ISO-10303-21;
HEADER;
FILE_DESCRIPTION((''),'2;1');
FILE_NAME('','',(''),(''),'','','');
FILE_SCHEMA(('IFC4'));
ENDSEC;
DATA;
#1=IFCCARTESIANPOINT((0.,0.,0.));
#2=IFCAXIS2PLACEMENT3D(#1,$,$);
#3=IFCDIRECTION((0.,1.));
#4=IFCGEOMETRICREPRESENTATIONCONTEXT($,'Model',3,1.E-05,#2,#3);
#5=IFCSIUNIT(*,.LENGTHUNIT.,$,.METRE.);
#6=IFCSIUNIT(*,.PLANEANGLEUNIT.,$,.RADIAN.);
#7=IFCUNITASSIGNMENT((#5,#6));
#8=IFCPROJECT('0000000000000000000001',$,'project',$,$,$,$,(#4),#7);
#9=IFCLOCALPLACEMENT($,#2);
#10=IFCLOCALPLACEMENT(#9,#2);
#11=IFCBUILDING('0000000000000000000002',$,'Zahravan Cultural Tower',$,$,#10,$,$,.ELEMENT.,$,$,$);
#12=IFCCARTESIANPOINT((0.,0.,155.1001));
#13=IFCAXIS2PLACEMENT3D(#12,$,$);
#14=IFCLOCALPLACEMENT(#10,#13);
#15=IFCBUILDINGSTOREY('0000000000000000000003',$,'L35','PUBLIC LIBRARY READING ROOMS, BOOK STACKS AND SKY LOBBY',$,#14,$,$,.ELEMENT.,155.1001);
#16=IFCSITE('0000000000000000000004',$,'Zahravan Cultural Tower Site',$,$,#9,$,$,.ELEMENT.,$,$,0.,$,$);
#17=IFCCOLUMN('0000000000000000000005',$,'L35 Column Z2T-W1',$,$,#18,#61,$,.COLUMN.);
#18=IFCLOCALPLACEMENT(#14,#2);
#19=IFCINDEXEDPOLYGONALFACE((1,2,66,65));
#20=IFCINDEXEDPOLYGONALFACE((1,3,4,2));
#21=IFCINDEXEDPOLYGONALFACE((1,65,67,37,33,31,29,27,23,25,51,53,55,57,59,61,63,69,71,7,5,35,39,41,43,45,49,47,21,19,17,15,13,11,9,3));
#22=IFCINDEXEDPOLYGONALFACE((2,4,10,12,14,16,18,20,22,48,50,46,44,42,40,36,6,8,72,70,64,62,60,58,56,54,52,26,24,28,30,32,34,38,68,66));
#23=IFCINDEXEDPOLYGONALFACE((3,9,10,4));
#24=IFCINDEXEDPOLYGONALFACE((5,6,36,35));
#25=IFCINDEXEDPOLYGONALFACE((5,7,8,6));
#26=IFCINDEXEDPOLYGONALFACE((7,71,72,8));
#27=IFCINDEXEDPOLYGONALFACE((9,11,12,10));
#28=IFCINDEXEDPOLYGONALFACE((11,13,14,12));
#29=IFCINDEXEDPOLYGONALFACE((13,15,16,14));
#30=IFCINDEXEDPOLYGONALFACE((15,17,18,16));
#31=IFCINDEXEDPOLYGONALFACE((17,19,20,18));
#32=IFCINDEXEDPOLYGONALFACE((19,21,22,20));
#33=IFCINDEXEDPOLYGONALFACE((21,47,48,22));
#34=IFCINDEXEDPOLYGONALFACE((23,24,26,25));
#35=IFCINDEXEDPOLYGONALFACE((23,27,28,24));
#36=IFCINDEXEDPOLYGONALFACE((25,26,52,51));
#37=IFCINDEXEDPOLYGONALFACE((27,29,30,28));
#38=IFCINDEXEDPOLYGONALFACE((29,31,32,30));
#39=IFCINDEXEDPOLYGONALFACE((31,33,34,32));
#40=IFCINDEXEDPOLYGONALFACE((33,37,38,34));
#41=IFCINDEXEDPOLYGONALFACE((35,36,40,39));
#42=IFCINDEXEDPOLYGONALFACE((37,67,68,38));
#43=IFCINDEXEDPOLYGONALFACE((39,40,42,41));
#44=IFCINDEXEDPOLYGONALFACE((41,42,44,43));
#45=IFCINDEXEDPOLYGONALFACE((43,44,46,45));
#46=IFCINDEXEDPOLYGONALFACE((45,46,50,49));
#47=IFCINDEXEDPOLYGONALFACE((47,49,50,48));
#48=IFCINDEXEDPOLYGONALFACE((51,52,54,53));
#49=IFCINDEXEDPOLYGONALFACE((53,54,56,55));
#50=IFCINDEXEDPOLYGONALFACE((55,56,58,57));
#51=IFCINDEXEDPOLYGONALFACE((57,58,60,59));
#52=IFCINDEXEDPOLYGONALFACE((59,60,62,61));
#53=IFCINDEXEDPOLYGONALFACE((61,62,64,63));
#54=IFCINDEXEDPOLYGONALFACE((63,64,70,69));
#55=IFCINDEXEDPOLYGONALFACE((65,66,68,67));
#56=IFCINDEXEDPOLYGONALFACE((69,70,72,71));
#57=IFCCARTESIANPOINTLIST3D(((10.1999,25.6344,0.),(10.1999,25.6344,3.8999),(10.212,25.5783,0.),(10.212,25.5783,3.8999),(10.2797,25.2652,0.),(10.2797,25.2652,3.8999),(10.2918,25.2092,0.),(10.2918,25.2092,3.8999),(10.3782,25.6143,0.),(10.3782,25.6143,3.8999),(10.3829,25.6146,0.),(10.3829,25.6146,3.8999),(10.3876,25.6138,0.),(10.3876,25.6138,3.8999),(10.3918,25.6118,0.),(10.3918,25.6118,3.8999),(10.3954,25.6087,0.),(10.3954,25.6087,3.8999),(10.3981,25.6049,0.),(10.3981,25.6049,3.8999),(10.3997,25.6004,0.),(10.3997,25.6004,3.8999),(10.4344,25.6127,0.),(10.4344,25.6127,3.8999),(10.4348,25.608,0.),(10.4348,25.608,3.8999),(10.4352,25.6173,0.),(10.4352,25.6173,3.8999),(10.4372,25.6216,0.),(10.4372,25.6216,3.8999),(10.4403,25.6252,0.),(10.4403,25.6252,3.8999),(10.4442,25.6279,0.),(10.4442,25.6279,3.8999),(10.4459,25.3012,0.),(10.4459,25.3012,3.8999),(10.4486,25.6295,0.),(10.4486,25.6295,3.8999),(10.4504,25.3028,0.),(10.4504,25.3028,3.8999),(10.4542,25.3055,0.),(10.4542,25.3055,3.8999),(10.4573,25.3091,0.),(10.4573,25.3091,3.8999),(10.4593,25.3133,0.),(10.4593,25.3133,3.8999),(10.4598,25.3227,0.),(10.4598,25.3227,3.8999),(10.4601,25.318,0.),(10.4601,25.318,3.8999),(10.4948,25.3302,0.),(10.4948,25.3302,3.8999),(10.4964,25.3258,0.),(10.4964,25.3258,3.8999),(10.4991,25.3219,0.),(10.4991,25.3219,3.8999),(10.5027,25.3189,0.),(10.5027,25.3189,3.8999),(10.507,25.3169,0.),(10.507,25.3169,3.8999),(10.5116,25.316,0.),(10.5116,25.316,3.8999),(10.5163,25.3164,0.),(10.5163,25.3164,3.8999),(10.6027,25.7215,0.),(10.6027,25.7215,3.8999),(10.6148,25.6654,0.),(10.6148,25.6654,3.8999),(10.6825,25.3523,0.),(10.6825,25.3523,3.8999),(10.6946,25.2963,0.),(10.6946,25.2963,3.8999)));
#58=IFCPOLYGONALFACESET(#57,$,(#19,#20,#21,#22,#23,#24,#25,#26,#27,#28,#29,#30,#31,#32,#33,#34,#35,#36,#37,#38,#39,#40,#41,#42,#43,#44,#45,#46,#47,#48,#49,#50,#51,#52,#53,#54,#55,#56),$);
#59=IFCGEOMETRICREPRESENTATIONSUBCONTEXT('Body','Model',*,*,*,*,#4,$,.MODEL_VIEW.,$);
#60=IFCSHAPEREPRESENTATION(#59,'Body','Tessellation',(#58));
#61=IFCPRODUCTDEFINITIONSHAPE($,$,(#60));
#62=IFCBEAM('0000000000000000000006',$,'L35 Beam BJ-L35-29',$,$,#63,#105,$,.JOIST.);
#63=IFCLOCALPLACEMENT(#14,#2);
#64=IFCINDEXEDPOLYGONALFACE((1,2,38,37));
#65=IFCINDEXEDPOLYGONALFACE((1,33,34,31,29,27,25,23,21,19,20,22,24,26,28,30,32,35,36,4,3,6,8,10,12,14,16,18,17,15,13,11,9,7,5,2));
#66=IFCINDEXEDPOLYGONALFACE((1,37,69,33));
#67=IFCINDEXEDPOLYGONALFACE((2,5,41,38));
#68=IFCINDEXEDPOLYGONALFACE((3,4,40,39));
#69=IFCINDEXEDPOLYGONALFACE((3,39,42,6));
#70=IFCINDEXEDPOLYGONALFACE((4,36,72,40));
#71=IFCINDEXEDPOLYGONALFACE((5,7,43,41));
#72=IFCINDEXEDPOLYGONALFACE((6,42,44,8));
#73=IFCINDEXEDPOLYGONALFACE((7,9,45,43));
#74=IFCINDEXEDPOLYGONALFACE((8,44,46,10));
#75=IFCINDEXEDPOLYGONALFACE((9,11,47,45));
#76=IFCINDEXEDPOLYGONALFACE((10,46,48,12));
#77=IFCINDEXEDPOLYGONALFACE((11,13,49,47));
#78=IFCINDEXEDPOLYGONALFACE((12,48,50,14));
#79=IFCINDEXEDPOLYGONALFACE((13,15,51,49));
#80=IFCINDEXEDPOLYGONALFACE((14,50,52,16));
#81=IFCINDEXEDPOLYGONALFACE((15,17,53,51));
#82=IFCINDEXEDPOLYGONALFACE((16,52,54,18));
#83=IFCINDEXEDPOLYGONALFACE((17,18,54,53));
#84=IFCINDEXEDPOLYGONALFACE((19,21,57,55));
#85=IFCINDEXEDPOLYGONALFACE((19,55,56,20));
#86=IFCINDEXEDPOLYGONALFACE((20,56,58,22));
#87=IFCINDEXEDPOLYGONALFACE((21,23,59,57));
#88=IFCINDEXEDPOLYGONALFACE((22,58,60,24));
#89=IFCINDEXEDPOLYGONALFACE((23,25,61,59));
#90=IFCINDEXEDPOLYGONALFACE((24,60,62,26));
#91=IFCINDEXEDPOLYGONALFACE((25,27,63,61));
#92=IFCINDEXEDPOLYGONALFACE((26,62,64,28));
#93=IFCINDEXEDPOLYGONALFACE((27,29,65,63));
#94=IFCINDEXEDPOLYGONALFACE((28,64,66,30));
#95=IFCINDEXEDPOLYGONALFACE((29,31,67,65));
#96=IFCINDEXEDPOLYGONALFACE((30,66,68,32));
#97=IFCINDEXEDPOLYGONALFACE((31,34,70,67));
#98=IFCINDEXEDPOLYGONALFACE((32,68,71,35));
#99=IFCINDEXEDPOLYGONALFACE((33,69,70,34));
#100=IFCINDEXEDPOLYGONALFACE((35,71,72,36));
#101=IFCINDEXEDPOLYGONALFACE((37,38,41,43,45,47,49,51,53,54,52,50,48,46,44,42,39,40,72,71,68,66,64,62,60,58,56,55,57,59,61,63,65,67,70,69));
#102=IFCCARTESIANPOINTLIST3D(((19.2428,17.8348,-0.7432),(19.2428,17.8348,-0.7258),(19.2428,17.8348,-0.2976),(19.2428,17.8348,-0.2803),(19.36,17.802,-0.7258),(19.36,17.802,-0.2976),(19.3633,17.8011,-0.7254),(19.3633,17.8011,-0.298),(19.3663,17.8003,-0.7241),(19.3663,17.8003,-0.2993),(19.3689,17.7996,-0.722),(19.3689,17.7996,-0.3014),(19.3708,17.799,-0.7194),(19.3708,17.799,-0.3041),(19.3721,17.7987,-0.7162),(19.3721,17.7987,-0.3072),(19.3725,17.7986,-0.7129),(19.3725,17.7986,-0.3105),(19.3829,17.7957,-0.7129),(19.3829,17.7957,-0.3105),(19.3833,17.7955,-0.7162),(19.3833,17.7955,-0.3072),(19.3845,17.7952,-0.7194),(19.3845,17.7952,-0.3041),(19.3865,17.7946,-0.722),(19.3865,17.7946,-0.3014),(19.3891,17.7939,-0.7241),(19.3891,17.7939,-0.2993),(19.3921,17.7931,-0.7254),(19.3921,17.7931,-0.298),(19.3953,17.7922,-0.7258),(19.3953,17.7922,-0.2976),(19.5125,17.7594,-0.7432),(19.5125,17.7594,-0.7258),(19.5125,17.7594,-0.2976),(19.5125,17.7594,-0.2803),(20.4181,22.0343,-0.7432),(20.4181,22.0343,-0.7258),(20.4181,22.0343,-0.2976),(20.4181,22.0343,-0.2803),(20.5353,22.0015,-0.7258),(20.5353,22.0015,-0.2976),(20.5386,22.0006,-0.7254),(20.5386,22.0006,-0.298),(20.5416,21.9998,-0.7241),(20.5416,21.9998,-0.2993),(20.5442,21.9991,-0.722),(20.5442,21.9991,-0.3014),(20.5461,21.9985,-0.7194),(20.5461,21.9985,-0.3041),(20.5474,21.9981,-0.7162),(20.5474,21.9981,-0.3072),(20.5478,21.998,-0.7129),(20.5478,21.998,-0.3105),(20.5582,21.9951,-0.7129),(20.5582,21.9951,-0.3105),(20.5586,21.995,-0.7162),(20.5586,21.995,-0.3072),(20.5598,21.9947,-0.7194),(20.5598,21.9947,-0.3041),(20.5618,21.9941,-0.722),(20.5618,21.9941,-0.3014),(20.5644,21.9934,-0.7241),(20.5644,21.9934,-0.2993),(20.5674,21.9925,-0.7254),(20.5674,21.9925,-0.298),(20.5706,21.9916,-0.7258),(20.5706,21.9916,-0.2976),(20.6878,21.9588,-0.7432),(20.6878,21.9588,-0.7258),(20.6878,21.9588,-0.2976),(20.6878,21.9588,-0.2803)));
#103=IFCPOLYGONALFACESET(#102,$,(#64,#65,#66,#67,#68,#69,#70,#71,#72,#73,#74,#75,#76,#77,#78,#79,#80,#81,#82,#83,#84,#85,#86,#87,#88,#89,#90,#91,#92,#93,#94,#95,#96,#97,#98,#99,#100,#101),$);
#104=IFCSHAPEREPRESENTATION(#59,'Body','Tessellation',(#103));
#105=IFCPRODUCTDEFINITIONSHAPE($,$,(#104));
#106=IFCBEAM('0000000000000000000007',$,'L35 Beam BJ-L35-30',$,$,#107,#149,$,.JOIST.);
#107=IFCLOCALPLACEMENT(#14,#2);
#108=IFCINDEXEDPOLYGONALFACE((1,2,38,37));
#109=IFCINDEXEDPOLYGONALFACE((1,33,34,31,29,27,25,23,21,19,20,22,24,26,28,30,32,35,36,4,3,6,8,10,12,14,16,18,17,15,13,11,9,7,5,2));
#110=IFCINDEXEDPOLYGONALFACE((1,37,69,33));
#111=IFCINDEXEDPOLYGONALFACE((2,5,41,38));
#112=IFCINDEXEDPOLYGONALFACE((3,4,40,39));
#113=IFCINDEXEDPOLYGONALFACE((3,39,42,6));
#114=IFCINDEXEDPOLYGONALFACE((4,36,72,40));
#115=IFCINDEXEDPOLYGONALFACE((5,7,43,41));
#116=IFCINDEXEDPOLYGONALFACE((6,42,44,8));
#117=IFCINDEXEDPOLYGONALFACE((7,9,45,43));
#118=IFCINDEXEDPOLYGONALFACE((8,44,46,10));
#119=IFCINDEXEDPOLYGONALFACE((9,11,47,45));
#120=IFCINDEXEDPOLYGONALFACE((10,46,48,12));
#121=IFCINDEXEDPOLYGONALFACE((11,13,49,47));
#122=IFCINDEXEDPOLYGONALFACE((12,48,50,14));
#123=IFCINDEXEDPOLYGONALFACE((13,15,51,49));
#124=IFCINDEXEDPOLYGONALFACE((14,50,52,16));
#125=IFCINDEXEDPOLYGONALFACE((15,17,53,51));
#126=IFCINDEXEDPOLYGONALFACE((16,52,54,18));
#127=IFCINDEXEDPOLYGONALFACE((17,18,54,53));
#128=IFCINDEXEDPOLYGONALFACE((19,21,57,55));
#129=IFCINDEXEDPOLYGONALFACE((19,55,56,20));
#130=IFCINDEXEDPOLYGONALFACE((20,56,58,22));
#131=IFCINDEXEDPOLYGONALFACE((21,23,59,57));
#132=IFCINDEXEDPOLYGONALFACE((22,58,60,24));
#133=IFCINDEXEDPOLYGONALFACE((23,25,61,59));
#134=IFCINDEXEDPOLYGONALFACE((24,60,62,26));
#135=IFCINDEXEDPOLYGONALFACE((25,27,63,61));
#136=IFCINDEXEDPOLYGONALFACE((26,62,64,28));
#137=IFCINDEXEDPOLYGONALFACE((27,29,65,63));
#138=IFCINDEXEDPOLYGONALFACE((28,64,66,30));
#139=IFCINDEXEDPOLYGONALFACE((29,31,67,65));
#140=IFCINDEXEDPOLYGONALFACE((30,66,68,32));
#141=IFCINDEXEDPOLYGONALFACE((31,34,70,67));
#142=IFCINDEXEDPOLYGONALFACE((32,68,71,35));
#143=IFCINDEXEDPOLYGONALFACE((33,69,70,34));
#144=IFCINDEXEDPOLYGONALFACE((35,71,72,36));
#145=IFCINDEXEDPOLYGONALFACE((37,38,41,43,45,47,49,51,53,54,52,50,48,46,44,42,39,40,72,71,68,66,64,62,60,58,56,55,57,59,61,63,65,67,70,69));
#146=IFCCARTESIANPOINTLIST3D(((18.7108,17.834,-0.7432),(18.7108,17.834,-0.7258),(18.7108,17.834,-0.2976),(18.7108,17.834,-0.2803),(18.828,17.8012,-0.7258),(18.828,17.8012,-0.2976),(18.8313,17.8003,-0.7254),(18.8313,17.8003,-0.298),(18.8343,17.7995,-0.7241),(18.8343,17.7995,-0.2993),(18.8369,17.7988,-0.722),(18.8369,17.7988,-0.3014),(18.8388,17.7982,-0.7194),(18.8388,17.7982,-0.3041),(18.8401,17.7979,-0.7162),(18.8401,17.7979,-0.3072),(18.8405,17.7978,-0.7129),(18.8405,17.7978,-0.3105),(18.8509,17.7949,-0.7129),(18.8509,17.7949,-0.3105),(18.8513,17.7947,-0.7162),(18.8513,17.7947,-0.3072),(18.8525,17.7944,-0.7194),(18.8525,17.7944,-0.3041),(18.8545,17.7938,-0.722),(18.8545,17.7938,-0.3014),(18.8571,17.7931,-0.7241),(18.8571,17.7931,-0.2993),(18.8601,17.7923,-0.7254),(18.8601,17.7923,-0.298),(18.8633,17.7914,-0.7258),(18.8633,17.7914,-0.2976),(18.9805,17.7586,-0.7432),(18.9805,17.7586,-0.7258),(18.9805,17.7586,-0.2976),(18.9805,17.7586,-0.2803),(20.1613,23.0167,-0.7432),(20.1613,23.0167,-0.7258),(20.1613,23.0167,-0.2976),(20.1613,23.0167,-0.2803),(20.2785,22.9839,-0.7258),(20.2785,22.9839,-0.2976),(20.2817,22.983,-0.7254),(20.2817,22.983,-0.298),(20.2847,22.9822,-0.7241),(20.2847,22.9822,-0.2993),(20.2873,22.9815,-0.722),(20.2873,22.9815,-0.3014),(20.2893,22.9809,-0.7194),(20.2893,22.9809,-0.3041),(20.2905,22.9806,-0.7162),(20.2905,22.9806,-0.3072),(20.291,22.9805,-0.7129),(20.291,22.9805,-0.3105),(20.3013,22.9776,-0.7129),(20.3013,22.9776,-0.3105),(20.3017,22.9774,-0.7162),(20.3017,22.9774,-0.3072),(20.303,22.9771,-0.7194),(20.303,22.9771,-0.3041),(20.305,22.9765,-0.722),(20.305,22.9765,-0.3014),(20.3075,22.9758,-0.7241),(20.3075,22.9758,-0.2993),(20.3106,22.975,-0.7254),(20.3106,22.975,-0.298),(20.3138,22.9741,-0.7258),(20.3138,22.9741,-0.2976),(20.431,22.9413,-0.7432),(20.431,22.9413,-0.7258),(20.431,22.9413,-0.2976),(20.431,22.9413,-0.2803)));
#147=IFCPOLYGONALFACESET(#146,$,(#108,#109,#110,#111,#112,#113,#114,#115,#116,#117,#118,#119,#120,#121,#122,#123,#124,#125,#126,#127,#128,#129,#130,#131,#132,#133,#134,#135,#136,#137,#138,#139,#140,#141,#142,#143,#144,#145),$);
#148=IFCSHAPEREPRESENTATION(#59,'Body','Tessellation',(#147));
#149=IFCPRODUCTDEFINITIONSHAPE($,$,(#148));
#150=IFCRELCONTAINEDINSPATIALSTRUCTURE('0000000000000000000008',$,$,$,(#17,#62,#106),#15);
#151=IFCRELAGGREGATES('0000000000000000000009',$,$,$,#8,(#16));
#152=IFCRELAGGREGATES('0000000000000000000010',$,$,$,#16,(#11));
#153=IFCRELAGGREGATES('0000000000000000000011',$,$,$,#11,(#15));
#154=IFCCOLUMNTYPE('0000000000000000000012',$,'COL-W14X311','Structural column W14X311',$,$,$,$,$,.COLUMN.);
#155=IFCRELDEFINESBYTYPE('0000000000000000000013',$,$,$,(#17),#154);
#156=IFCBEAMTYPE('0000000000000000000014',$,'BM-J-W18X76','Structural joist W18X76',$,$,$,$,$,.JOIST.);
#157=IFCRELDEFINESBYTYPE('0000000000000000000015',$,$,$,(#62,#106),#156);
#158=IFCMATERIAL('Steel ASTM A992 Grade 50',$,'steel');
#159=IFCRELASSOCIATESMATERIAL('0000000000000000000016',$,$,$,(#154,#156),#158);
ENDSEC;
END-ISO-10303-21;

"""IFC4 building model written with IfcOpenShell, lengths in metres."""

from ifc_helpers import new_model, si_unit, direction, frame, origin, origin_2d, place, context, subcontext, project, spatial, i_section, extrude, source, transform, mapped, material, material_profile, profile_set, type_object, element, save


model = new_model("IFC4")

# Units and contexts
model_context = context("Model", 3, precision=1e-05, world=origin(), true_north=direction((0.0, 1.0)))
body_context = subcontext(model_context, "Body", "Model", "MODEL_VIEW")
ifc_project = project(units=[si_unit("LENGTHUNIT", "METRE"), si_unit("PLANEANGLEUNIT", "RADIAN")], contexts=[model_context])

# Site, building, storey
site_placement = place(None, origin())
site = spatial("IfcSite", under=ifc_project, at=site_placement, Name="Zahravan Cultural Tower Site", CompositionType="ELEMENT", RefElevation=0.0)
building_placement = place(site_placement, origin())
building = spatial("IfcBuilding", under=site, at=building_placement, Name="Zahravan Cultural Tower", CompositionType="ELEMENT")
storey_placement = place(building_placement, frame((0.0, 0.0, 155.1001)))
storey = spatial("IfcBuildingStorey", under=building, at=storey_placement, Name="L35", Description="PUBLIC LIBRARY READING ROOMS, BOOK STACKS AND SKY LOBBY", CompositionType="ELEMENT", Elevation=155.1001)

# Column
ifc_material_1 = material(Name="Steel ASTM A992 Grade 50", Category="steel")
ifc_material_profile_1 = material_profile(ifc_material_1, i_section(OverallWidth=0.4121, OverallDepth=0.4351, WebThickness=0.0359, FlangeThickness=0.0574, FilletRadius=0.0181, at=origin_2d()), Name="W14X311")
ifc_profile_set_1 = profile_set([ifc_material_profile_1], Name="Steel ASTM A992 Grade 50")
column_type = type_object("IfcColumnType", Name="COL-W14X311", Description="Structural column W14X311", PredefinedType="COLUMN", material=ifc_profile_set_1)
shared_shape_1 = source(origin(), body_context, "Body", "SweptSolid", [
    extrude(i_section(OverallWidth=0.4121, OverallDepth=0.4351, WebThickness=0.0359, FlangeThickness=0.0574, FilletRadius=0.0181, at=origin_2d()), origin(), (0.0, 0.0, 1.0), 3.8999),
])
column_placement = place(storey_placement, frame((10.4473, 25.4653, 0.0), z_axis=(0.0, 0.0, 1.0), x_axis=(0.977416, 0.211325, 0.0)))
element("IfcColumn", 1, at=column_placement, inside=storey, type_object=column_type, Name="L35 Column Z2T-W1", PredefinedType="COLUMN", context=body_context, shape_type="MappedRepresentation", body=[
    mapped(shared_shape_1, transform((0.0, 0.0, 0.0), x_axis=(1.0, 0.0, 0.0), y_axis=(0.0, 1.0, 0.0), z_axis=(0.0, 0.0, 1.0), scale=1.0)),
])

# Beams
ifc_material_profile_2 = material_profile(ifc_material_1, i_section(OverallWidth=0.28, OverallDepth=0.4629, WebThickness=0.0107, FlangeThickness=0.0173, FilletRadius=0.0129, at=origin_2d()), Name="W18X76")
ifc_profile_set_2 = profile_set([ifc_material_profile_2], Name="Steel ASTM A992 Grade 50")
beam_type = type_object("IfcBeamType", Name="BM-J-W18X76", Description="Structural joist W18X76", PredefinedType="JOIST", material=ifc_profile_set_2)
shared_shape_2 = source(origin(), body_context, "Body", "SweptSolid", [
    extrude(i_section(OverallWidth=0.28, OverallDepth=0.4629, WebThickness=0.0107, FlangeThickness=0.0173, FilletRadius=0.0129, at=origin_2d()), origin(), (0.0, 0.0, 1.0), 4.3608),
])
beam_1_placement = place(storey_placement, frame((20.553, 21.9966, -0.5117), z_axis=(-0.269512, -0.962997, 0.0), x_axis=(0.962997, -0.269512, 0.0)))
element("IfcBeam", 2, at=beam_1_placement, inside=storey, type_object=beam_type, Name="L35 Beam BJ-L35-29", PredefinedType="JOIST", context=body_context, shape_type="MappedRepresentation", body=[
    mapped(shared_shape_2, transform((0.0, 0.0, 0.0), x_axis=(1.0, 0.0, 0.0), y_axis=(0.0, 1.0, 0.0), z_axis=(0.0, 0.0, 1.0), scale=1.0)),
])
shared_shape_3 = source(origin(), body_context, "Body", "SweptSolid", [
    extrude(i_section(OverallWidth=0.28, OverallDepth=0.4629, WebThickness=0.0107, FlangeThickness=0.0173, FilletRadius=0.0129, at=origin_2d()), origin(), (0.0, 0.0, 1.0), 5.3818),
])
beam_2_placement = place(storey_placement, frame((20.2961, 22.979, -0.5117), z_axis=(-0.26951, -0.962997, 0.0), x_axis=(0.962997, -0.26951, 0.0)))
element("IfcBeam", 3, at=beam_2_placement, inside=storey, type_object=beam_type, Name="L35 Beam BJ-L35-30", PredefinedType="JOIST", context=body_context, shape_type="MappedRepresentation", body=[
    mapped(shared_shape_3, transform((0.0, 0.0, 0.0), x_axis=(1.0, 0.0, 0.0), y_axis=(0.0, 1.0, 0.0), z_axis=(0.0, 0.0, 1.0), scale=1.0)),
])

save(model, "model.ifc")
